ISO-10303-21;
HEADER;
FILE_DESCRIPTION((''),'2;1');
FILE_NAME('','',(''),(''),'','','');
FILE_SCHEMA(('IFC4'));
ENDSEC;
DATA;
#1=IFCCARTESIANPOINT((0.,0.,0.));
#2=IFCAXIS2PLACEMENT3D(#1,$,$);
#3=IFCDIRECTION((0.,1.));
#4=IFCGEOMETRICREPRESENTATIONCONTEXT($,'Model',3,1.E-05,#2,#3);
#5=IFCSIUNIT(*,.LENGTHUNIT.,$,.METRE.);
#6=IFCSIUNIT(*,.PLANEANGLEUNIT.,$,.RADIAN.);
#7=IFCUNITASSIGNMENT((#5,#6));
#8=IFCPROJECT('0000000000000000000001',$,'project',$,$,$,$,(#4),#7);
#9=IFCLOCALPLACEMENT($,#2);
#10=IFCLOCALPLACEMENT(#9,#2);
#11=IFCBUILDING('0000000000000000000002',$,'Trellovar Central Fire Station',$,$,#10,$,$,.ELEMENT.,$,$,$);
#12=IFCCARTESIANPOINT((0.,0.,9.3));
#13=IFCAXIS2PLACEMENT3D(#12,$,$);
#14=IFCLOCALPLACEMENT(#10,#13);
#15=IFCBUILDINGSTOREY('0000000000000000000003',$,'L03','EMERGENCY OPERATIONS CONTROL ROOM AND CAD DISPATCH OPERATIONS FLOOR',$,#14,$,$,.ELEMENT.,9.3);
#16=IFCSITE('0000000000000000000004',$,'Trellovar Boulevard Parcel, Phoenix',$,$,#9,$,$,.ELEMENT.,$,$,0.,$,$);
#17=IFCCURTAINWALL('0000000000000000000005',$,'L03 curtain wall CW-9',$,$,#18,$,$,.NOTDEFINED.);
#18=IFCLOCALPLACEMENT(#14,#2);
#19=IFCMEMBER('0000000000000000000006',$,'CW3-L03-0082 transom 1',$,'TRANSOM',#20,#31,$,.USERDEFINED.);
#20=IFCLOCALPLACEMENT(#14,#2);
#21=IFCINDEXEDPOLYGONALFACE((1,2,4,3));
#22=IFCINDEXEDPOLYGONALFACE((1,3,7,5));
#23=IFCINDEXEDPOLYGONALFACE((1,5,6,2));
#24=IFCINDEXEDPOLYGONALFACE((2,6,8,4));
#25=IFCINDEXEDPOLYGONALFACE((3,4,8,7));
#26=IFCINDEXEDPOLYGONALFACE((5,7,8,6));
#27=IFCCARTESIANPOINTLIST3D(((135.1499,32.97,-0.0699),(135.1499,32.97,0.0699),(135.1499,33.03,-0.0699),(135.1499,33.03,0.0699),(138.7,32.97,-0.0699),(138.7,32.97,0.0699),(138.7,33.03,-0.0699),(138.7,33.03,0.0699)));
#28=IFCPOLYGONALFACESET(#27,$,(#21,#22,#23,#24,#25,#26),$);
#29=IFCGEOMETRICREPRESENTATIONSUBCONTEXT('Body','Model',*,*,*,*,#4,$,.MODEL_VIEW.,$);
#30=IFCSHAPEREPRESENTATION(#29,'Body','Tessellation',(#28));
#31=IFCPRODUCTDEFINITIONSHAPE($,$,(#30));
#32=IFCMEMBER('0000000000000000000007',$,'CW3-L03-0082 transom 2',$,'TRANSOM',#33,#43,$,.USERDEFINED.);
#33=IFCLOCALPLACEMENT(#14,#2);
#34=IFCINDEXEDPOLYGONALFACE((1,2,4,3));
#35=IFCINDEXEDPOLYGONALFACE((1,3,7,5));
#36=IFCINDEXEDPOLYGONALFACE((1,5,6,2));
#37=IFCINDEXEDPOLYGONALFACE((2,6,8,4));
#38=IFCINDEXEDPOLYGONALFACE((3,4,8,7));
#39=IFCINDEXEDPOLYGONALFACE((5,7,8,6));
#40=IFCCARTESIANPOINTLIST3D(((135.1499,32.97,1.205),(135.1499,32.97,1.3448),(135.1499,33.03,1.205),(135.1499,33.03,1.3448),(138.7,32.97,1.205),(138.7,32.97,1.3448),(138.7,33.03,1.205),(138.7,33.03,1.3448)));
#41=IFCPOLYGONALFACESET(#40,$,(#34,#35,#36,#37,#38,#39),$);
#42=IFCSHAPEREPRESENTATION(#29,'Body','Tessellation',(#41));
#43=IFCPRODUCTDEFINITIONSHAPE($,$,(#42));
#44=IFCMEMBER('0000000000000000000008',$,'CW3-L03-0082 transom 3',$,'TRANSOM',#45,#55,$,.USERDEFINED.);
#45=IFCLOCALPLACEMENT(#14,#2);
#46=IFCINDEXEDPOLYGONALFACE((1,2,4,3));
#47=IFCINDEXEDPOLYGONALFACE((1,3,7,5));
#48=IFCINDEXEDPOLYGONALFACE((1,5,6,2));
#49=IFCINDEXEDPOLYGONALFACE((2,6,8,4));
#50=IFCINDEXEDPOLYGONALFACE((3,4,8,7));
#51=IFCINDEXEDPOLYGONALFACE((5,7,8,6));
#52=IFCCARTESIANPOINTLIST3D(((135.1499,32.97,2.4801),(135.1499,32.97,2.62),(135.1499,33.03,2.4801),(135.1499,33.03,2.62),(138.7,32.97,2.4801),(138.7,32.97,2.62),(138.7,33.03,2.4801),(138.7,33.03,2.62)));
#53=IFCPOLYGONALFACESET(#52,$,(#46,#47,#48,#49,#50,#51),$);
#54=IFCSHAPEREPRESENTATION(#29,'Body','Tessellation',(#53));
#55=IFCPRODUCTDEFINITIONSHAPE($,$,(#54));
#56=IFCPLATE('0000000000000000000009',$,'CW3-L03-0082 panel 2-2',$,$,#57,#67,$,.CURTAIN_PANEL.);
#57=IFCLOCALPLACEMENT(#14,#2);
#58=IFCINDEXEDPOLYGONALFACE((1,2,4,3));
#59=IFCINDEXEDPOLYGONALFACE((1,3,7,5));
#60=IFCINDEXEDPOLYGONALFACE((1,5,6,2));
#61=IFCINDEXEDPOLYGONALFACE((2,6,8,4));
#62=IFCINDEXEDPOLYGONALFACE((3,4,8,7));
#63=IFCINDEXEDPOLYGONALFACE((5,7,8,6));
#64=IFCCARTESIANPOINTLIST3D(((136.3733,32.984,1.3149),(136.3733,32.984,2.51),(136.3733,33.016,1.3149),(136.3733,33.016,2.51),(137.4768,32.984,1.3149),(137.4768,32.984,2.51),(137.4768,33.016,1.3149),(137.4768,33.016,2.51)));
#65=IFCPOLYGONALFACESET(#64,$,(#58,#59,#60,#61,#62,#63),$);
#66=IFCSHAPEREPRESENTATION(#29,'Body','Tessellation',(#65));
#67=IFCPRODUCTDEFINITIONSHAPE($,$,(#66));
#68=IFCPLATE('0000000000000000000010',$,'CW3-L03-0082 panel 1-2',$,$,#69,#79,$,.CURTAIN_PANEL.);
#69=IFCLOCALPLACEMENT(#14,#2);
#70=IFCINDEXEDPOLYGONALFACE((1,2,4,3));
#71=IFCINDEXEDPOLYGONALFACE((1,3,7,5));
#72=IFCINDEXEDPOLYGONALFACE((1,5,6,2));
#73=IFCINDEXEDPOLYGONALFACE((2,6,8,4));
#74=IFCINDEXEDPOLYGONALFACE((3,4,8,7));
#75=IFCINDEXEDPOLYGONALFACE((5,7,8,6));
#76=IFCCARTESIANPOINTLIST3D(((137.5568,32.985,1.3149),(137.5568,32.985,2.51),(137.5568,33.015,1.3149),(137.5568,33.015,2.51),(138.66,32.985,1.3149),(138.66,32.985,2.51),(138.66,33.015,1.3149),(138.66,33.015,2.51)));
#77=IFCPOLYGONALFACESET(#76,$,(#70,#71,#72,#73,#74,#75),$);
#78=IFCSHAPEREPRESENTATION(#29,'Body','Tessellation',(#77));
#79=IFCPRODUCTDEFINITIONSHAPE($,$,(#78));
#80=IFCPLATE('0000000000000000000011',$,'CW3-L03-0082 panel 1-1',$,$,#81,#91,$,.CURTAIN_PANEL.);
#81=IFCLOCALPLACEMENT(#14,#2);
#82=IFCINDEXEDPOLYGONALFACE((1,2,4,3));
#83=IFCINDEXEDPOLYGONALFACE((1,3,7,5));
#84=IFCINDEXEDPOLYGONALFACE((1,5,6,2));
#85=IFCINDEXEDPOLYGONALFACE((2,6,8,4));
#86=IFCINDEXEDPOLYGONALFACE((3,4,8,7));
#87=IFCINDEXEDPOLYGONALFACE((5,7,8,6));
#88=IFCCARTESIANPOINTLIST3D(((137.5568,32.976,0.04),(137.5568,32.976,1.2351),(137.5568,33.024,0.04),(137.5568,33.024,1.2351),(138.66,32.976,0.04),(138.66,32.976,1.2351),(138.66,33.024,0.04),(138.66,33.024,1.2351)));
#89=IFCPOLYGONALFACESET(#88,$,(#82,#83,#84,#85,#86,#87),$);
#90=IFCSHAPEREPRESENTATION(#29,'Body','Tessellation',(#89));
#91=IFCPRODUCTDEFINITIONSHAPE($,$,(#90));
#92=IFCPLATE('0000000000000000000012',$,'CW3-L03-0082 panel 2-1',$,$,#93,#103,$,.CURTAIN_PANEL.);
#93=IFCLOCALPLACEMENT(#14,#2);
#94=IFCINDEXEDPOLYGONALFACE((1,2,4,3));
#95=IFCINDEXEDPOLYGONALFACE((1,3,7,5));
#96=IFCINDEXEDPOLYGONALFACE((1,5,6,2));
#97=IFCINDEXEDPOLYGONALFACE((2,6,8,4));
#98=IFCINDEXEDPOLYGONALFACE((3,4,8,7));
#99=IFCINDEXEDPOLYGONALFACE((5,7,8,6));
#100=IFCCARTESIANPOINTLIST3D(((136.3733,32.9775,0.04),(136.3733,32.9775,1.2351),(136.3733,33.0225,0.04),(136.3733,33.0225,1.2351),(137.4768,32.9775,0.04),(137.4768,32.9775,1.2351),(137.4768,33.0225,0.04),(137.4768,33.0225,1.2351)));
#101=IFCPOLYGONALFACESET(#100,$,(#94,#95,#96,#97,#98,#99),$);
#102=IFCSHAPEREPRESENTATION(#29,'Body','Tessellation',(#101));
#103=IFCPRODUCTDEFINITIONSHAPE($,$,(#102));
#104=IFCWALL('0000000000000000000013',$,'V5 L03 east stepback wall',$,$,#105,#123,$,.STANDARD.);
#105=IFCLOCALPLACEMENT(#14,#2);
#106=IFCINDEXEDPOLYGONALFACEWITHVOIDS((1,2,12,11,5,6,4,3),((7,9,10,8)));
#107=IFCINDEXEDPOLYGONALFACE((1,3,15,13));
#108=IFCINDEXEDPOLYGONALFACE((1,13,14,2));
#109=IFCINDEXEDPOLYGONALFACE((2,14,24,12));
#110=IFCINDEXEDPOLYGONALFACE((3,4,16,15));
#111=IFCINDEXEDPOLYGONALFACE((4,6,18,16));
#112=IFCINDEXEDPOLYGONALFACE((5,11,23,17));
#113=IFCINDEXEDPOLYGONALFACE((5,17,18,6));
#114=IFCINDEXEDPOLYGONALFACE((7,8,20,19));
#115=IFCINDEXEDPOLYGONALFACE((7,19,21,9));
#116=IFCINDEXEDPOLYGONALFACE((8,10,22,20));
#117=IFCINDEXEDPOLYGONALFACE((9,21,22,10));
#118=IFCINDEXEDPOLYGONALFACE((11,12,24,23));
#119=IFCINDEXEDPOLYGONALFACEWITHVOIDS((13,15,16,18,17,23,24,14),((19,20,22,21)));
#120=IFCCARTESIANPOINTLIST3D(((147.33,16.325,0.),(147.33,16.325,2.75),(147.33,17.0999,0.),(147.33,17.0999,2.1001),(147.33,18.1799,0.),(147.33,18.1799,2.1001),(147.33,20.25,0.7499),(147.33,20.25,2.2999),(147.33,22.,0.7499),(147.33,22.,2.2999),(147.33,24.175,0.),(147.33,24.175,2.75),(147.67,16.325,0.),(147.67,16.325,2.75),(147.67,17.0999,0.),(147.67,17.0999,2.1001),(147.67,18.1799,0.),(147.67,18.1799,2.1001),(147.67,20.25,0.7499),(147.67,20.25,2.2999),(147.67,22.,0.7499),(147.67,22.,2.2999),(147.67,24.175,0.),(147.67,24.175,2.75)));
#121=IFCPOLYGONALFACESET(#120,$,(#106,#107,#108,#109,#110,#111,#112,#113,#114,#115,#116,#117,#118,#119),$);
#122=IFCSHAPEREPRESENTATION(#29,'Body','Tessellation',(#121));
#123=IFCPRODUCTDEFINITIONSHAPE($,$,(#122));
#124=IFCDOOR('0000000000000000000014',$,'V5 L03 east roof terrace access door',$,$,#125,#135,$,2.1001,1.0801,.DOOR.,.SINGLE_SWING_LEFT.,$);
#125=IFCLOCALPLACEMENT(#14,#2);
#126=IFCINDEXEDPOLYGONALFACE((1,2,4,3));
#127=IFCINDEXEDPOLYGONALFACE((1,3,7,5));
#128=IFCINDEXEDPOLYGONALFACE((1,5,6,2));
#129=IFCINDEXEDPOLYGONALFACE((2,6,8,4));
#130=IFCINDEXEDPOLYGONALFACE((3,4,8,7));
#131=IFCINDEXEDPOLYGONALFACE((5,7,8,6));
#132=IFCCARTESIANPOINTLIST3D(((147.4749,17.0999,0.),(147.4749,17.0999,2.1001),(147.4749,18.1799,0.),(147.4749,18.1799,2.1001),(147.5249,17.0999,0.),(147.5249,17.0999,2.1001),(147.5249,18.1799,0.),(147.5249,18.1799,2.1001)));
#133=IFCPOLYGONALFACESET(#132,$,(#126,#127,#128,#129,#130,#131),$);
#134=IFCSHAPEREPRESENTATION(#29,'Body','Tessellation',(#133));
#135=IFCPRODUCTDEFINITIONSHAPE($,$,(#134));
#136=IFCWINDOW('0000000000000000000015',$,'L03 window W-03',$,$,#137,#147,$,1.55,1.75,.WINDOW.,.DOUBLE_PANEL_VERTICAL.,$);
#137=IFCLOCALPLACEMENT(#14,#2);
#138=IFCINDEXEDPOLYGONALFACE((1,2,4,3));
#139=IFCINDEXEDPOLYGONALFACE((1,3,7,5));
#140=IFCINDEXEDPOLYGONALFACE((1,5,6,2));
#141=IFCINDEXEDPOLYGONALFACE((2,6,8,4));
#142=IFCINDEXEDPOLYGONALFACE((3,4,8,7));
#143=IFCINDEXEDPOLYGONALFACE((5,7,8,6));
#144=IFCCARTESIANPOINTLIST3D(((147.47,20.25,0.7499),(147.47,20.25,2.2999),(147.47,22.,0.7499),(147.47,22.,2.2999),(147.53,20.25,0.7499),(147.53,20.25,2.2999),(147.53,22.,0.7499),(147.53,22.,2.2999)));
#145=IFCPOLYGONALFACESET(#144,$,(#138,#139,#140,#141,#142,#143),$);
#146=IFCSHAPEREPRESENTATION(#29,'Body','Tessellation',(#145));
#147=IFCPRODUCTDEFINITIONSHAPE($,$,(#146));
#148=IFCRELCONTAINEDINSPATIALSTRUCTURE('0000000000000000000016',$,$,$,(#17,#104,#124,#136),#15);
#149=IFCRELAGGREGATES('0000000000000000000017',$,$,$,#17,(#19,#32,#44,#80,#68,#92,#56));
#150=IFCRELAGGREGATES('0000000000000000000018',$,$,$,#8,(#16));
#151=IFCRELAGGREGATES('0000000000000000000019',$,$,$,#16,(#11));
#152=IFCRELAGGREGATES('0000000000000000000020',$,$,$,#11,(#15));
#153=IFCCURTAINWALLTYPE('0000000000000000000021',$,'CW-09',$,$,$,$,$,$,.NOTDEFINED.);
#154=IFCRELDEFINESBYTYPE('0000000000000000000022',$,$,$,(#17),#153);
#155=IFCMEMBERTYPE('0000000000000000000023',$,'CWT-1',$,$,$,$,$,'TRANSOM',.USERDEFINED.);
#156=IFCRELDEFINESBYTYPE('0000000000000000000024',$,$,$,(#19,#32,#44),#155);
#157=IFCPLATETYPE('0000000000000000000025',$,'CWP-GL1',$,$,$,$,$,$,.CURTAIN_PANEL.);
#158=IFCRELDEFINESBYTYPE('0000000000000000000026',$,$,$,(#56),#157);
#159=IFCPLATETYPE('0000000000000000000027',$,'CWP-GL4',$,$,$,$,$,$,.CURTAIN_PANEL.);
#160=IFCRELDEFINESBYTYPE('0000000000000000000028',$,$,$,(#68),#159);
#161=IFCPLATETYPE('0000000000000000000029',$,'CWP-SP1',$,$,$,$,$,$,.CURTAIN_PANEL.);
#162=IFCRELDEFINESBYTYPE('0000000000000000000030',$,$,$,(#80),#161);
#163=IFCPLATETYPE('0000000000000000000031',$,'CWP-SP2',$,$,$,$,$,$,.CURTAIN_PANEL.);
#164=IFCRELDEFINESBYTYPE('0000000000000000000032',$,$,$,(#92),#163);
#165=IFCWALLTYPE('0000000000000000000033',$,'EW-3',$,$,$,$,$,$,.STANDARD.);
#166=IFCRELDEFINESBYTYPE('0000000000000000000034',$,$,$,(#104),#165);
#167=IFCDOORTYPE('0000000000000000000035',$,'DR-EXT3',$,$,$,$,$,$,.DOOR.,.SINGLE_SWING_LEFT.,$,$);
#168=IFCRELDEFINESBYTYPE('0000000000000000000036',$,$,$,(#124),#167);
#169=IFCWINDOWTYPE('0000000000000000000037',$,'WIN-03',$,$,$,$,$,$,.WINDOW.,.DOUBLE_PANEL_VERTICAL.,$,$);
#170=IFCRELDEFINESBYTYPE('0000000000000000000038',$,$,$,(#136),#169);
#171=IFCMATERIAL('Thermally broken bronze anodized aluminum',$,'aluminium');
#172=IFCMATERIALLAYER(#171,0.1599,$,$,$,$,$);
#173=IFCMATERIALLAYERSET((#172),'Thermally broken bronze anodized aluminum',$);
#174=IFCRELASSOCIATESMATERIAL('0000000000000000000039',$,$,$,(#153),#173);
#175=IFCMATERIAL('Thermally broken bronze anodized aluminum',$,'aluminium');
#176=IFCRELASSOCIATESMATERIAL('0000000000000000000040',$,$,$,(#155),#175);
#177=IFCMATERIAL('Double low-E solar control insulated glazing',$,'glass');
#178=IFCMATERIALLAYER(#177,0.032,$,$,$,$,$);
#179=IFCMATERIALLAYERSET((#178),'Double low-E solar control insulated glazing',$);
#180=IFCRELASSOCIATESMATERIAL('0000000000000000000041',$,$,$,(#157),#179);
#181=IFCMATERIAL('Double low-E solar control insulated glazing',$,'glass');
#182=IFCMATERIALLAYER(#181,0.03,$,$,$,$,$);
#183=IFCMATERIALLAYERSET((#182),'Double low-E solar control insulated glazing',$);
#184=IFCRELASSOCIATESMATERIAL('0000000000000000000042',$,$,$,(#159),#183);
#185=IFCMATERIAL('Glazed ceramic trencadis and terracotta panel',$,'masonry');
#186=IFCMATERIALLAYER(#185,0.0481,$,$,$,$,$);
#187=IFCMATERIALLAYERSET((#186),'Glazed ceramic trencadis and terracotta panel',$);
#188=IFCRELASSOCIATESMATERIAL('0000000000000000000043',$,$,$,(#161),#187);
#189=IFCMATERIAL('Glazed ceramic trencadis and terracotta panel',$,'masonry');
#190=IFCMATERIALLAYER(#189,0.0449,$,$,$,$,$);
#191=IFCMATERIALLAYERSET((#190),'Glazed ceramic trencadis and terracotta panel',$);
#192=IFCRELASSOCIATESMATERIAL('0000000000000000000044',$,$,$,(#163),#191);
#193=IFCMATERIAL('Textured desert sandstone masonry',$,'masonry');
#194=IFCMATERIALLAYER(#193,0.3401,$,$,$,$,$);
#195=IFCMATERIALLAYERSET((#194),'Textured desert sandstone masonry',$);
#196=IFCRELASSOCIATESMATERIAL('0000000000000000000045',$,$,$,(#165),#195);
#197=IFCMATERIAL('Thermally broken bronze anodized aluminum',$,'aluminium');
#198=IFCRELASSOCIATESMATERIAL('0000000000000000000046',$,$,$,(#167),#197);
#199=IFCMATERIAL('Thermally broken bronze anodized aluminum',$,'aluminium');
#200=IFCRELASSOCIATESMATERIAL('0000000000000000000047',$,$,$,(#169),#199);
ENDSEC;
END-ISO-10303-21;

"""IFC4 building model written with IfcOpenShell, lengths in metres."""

from ifc_helpers import new_model, si_unit, direction, frame, frame_2d, origin, origin_2d, place, context, subcontext, project, spatial, rectangle, extrude, material, layer, layer_set, material_profile, profile_set, type_object, element, fill, aggregate, save


model = new_model("IFC4")

# Units and contexts
model_context = context("Model", 3, precision=1e-05, world=origin(), true_north=direction((0.0, 1.0)))
body_context = subcontext(model_context, "Body", "Model", "MODEL_VIEW")
ifc_project = project(units=[si_unit("LENGTHUNIT", "METRE"), si_unit("PLANEANGLEUNIT", "RADIAN")], contexts=[model_context])

# Site, building, storey
site_placement = place(None, origin())
site = spatial("IfcSite", under=ifc_project, at=site_placement, Name="Trellovar Boulevard Parcel, Phoenix", CompositionType="ELEMENT", RefElevation=0.0)
building_placement = place(site_placement, origin())
building = spatial("IfcBuilding", under=site, at=building_placement, Name="Trellovar Central Fire Station", CompositionType="ELEMENT")
storey_placement = place(building_placement, frame((0.0, 0.0, 9.3)))
storey = spatial("IfcBuildingStorey", under=building, at=storey_placement, Name="L03", Description="EMERGENCY OPERATIONS CONTROL ROOM AND CAD DISPATCH OPERATIONS FLOOR", CompositionType="ELEMENT", Elevation=9.3)

# Curtain wall
ifc_material_1 = material(Name="Thermally broken bronze anodized aluminum", Category="aluminium")
ifc_layer_1 = layer(ifc_material_1, 0.1599)
ifc_layer_set_1 = layer_set([ifc_layer_1], Name="Thermally broken bronze anodized aluminum")
curtain_wall_type_1 = type_object("IfcCurtainWallType", Name="CW-09", PredefinedType="NOTDEFINED", material=ifc_layer_set_1)
curtain_wall_1_placement = place(storey_placement, origin())
curtain_wall_1 = element("IfcCurtainWall", 1, at=curtain_wall_1_placement, inside=storey, type_object=curtain_wall_type_1, Name="L03 curtain wall CW-9", PredefinedType="NOTDEFINED")

# Members
ifc_material_2 = material(Name="Thermally broken bronze anodized aluminum", Category="aluminium")
ifc_material_profile_1 = material_profile(ifc_material_2, rectangle(XDim=0.0601, YDim=0.1399, at=origin_2d()), Name="ALU60X140")
ifc_profile_set_1 = profile_set([ifc_material_profile_1], Name="Thermally broken bronze anodized aluminum")
member_type_1 = type_object("IfcMemberType", Name="CWT-1", ElementType="TRANSOM", PredefinedType="USERDEFINED", material=ifc_profile_set_1)
member_1_placement = place(storey_placement, frame((138.7, 33.0, 0.0), z_axis=(-1.0, 0.0, 0.0), x_axis=(0.0, -1.0, 0.0)))
member_1 = element("IfcMember", 2, at=member_1_placement, type_object=member_type_1, Name="CW3-L03-0082 transom 1", ObjectType="TRANSOM", PredefinedType="USERDEFINED", context=body_context, shape_type="SweptSolid", body=[
    extrude(rectangle(XDim=0.0601, YDim=0.1399, at=origin_2d()), origin(), (0.0, 0.0, 1.0), 3.55),
])
member_2_placement = place(storey_placement, frame((138.7, 33.0, 1.2749), z_axis=(-1.0, 0.0, 0.0), x_axis=(0.0, -1.0, 0.0)))
member_2 = element("IfcMember", 3, at=member_2_placement, type_object=member_type_1, Name="CW3-L03-0082 transom 2", ObjectType="TRANSOM", PredefinedType="USERDEFINED", context=body_context, shape_type="SweptSolid", body=[
    extrude(rectangle(XDim=0.0601, YDim=0.1399, at=origin_2d()), origin(), (0.0, 0.0, 1.0), 3.55),
])
member_3_placement = place(storey_placement, frame((138.7, 33.0, 2.55), z_axis=(-1.0, 0.0, 0.0), x_axis=(0.0, -1.0, 0.0)))
member_3 = element("IfcMember", 4, at=member_3_placement, type_object=member_type_1, Name="CW3-L03-0082 transom 3", ObjectType="TRANSOM", PredefinedType="USERDEFINED", context=body_context, shape_type="SweptSolid", body=[
    extrude(rectangle(XDim=0.0601, YDim=0.1399, at=origin_2d()), origin(), (0.0, 0.0, 1.0), 3.55),
])

# Plates
ifc_material_3 = material(Name="Double low-E solar control insulated glazing", Category="glass")
ifc_layer_2 = layer(ifc_material_3, 0.032)
ifc_layer_set_2 = layer_set([ifc_layer_2], Name="Double low-E solar control insulated glazing")
plate_type_1 = type_object("IfcPlateType", Name="CWP-GL1", PredefinedType="CURTAIN_PANEL", material=ifc_layer_set_2)
plate_1_placement = place(storey_placement, frame((136.925, 33.0, 1.3149), z_axis=(0.0, 0.0, 1.0), x_axis=(-1.0, 0.0, 0.0)))
plate_1 = element("IfcPlate", 5, at=plate_1_placement, type_object=plate_type_1, Name="CW3-L03-0082 panel 2-2", PredefinedType="CURTAIN_PANEL", context=body_context, shape_type="SweptSolid", body=[
    extrude(rectangle(XDim=1.1035, YDim=0.032, at=origin_2d()), origin(), (0.0, 0.0, 1.0), 1.1951),
])
ifc_material_4 = material(Name="Double low-E solar control insulated glazing", Category="glass")
ifc_layer_3 = layer(ifc_material_4, 0.03)
ifc_layer_set_3 = layer_set([ifc_layer_3], Name="Double low-E solar control insulated glazing")
plate_type_2 = type_object("IfcPlateType", Name="CWP-GL4", PredefinedType="CURTAIN_PANEL", material=ifc_layer_set_3)
plate_2_placement = place(storey_placement, frame((138.1084, 33.0, 1.3149), z_axis=(0.0, 0.0, 1.0), x_axis=(-1.0, 0.0, 0.0)))
plate_2 = element("IfcPlate", 6, at=plate_2_placement, type_object=plate_type_2, Name="CW3-L03-0082 panel 1-2", PredefinedType="CURTAIN_PANEL", context=body_context, shape_type="SweptSolid", body=[
    extrude(rectangle(XDim=1.1033, YDim=0.03, at=origin_2d()), origin(), (0.0, 0.0, 1.0), 1.1951),
])
ifc_material_5 = material(Name="Glazed ceramic trencadis and terracotta panel", Category="masonry")
ifc_layer_4 = layer(ifc_material_5, 0.0481)
ifc_layer_set_4 = layer_set([ifc_layer_4], Name="Glazed ceramic trencadis and terracotta panel")
plate_type_3 = type_object("IfcPlateType", Name="CWP-SP1", PredefinedType="CURTAIN_PANEL", material=ifc_layer_set_4)
plate_3_placement = place(storey_placement, frame((138.1084, 33.0, 0.04), z_axis=(0.0, 0.0, 1.0), x_axis=(-1.0, 0.0, 0.0)))
plate_3 = element("IfcPlate", 7, at=plate_3_placement, type_object=plate_type_3, Name="CW3-L03-0082 panel 1-1", PredefinedType="CURTAIN_PANEL", context=body_context, shape_type="SweptSolid", body=[
    extrude(rectangle(XDim=1.1033, YDim=0.0481, at=origin_2d()), origin(), (0.0, 0.0, 1.0), 1.1951),
])
ifc_material_6 = material(Name="Glazed ceramic trencadis and terracotta panel", Category="masonry")
ifc_layer_5 = layer(ifc_material_6, 0.0449)
ifc_layer_set_5 = layer_set([ifc_layer_5], Name="Glazed ceramic trencadis and terracotta panel")
plate_type_4 = type_object("IfcPlateType", Name="CWP-SP2", PredefinedType="CURTAIN_PANEL", material=ifc_layer_set_5)
plate_4_placement = place(storey_placement, frame((136.925, 33.0, 0.04), z_axis=(0.0, 0.0, 1.0), x_axis=(-1.0, 0.0, 0.0)))
plate_4 = element("IfcPlate", 8, at=plate_4_placement, type_object=plate_type_4, Name="CW3-L03-0082 panel 2-1", PredefinedType="CURTAIN_PANEL", context=body_context, shape_type="SweptSolid", body=[
    extrude(rectangle(XDim=1.1035, YDim=0.0449, at=origin_2d()), origin(), (0.0, 0.0, 1.0), 1.1951),
])
aggregate(curtain_wall_1, [member_1, member_2, member_3, plate_3, plate_2, plate_4, plate_1])

# Wall, openings, door, window
ifc_material_7 = material(Name="Textured desert sandstone masonry", Category="masonry")
ifc_layer_6 = layer(ifc_material_7, 0.3401)
ifc_layer_set_6 = layer_set([ifc_layer_6], Name="Textured desert sandstone masonry")
wall_type = type_object("IfcWallType", Name="EW-3", PredefinedType="STANDARD", material=ifc_layer_set_6)
wall_placement = place(storey_placement, frame((147.5, 16.325, 0.0), z_axis=(0.0, 0.0, 1.0), x_axis=(0.0, 1.0, 0.0)))
wall = element("IfcWall", 9, at=wall_placement, inside=storey, type_object=wall_type, Name="V5 L03 east stepback wall", PredefinedType="STANDARD", context=body_context, shape_type="SweptSolid", body=[
    extrude(rectangle(XDim=7.8501, YDim=0.3401, at=frame_2d((3.925, 0.0))), origin(), (0.0, 0.0, 1.0), 2.75),
])
opening_1_placement = place(wall_placement, frame((0.7749, 0.0, 0.0)))
opening_1 = element("IfcOpeningElement", 10, at=opening_1_placement, cuts=wall, PredefinedType="OPENING", context=body_context, shape_type="SweptSolid", body=[
    extrude(rectangle(XDim=1.0801, YDim=2.1001, at=frame_2d((0.54, 1.05))), frame((0.0, 0.1799, 0.0), z_axis=(0.0, -1.0, 0.0), x_axis=(1.0, 0.0, 0.0)), (0.0, 0.0, 1.0), 0.3601),
])
opening_2_placement = place(wall_placement, frame((3.925, 0.0, 0.75)))
opening_2 = element("IfcOpeningElement", 11, at=opening_2_placement, cuts=wall, PredefinedType="OPENING", context=body_context, shape_type="SweptSolid", body=[
    extrude(rectangle(XDim=1.75, YDim=1.55, at=frame_2d((0.875, 0.7749))), frame((0.0, 0.1799, 0.0), z_axis=(0.0, -1.0, 0.0), x_axis=(1.0, 0.0, 0.0)), (0.0, 0.0, 1.0), 0.3601),
])
ifc_material_8 = material(Name="Thermally broken bronze anodized aluminum", Category="aluminium")
door_type = type_object("IfcDoorType", Name="DR-EXT3", OperationType="SINGLE_SWING_LEFT", PredefinedType="DOOR", material=ifc_material_8)
door_placement = place(opening_1_placement, frame((1.0801, 0.0, 0.0), z_axis=(0.0, 0.0, 1.0), x_axis=(-1.0, 0.0, 0.0)))
door = element("IfcDoor", 12, at=door_placement, inside=storey, type_object=door_type, Name="V5 L03 east roof terrace access door", OperationType="SINGLE_SWING_LEFT", OverallHeight=2.1001, OverallWidth=1.0801, PredefinedType="DOOR", context=body_context, shape_type="SweptSolid", body=[
    extrude(rectangle(XDim=1.0801, YDim=2.1001, at=frame_2d((0.54, 1.05))), frame((0.0, 0.0249, 0.0), z_axis=(0.0, -1.0, 0.0), x_axis=(1.0, 0.0, 0.0)), (0.0, 0.0, 1.0), 0.05),
])
fill(opening_1, door)
ifc_material_9 = material(Name="Thermally broken bronze anodized aluminum", Category="aluminium")
window_type = type_object("IfcWindowType", Name="WIN-03", PartitioningType="DOUBLE_PANEL_VERTICAL", PredefinedType="WINDOW", material=ifc_material_9)
window_placement = place(opening_2_placement, origin())
window = element("IfcWindow", 13, at=window_placement, inside=storey, type_object=window_type, Name="L03 window W-03", OverallHeight=1.55, OverallWidth=1.75, PartitioningType="DOUBLE_PANEL_VERTICAL", PredefinedType="WINDOW", context=body_context, shape_type="SweptSolid", body=[
    extrude(rectangle(XDim=1.75, YDim=1.55, at=frame_2d((0.875, 0.7749))), frame((0.0, 0.03, 0.0), z_axis=(0.0, -1.0, 0.0), x_axis=(1.0, 0.0, 0.0)), (0.0, 0.0, 1.0), 0.0601),
])
fill(opening_2, window)

save(model, "model.ifc")
